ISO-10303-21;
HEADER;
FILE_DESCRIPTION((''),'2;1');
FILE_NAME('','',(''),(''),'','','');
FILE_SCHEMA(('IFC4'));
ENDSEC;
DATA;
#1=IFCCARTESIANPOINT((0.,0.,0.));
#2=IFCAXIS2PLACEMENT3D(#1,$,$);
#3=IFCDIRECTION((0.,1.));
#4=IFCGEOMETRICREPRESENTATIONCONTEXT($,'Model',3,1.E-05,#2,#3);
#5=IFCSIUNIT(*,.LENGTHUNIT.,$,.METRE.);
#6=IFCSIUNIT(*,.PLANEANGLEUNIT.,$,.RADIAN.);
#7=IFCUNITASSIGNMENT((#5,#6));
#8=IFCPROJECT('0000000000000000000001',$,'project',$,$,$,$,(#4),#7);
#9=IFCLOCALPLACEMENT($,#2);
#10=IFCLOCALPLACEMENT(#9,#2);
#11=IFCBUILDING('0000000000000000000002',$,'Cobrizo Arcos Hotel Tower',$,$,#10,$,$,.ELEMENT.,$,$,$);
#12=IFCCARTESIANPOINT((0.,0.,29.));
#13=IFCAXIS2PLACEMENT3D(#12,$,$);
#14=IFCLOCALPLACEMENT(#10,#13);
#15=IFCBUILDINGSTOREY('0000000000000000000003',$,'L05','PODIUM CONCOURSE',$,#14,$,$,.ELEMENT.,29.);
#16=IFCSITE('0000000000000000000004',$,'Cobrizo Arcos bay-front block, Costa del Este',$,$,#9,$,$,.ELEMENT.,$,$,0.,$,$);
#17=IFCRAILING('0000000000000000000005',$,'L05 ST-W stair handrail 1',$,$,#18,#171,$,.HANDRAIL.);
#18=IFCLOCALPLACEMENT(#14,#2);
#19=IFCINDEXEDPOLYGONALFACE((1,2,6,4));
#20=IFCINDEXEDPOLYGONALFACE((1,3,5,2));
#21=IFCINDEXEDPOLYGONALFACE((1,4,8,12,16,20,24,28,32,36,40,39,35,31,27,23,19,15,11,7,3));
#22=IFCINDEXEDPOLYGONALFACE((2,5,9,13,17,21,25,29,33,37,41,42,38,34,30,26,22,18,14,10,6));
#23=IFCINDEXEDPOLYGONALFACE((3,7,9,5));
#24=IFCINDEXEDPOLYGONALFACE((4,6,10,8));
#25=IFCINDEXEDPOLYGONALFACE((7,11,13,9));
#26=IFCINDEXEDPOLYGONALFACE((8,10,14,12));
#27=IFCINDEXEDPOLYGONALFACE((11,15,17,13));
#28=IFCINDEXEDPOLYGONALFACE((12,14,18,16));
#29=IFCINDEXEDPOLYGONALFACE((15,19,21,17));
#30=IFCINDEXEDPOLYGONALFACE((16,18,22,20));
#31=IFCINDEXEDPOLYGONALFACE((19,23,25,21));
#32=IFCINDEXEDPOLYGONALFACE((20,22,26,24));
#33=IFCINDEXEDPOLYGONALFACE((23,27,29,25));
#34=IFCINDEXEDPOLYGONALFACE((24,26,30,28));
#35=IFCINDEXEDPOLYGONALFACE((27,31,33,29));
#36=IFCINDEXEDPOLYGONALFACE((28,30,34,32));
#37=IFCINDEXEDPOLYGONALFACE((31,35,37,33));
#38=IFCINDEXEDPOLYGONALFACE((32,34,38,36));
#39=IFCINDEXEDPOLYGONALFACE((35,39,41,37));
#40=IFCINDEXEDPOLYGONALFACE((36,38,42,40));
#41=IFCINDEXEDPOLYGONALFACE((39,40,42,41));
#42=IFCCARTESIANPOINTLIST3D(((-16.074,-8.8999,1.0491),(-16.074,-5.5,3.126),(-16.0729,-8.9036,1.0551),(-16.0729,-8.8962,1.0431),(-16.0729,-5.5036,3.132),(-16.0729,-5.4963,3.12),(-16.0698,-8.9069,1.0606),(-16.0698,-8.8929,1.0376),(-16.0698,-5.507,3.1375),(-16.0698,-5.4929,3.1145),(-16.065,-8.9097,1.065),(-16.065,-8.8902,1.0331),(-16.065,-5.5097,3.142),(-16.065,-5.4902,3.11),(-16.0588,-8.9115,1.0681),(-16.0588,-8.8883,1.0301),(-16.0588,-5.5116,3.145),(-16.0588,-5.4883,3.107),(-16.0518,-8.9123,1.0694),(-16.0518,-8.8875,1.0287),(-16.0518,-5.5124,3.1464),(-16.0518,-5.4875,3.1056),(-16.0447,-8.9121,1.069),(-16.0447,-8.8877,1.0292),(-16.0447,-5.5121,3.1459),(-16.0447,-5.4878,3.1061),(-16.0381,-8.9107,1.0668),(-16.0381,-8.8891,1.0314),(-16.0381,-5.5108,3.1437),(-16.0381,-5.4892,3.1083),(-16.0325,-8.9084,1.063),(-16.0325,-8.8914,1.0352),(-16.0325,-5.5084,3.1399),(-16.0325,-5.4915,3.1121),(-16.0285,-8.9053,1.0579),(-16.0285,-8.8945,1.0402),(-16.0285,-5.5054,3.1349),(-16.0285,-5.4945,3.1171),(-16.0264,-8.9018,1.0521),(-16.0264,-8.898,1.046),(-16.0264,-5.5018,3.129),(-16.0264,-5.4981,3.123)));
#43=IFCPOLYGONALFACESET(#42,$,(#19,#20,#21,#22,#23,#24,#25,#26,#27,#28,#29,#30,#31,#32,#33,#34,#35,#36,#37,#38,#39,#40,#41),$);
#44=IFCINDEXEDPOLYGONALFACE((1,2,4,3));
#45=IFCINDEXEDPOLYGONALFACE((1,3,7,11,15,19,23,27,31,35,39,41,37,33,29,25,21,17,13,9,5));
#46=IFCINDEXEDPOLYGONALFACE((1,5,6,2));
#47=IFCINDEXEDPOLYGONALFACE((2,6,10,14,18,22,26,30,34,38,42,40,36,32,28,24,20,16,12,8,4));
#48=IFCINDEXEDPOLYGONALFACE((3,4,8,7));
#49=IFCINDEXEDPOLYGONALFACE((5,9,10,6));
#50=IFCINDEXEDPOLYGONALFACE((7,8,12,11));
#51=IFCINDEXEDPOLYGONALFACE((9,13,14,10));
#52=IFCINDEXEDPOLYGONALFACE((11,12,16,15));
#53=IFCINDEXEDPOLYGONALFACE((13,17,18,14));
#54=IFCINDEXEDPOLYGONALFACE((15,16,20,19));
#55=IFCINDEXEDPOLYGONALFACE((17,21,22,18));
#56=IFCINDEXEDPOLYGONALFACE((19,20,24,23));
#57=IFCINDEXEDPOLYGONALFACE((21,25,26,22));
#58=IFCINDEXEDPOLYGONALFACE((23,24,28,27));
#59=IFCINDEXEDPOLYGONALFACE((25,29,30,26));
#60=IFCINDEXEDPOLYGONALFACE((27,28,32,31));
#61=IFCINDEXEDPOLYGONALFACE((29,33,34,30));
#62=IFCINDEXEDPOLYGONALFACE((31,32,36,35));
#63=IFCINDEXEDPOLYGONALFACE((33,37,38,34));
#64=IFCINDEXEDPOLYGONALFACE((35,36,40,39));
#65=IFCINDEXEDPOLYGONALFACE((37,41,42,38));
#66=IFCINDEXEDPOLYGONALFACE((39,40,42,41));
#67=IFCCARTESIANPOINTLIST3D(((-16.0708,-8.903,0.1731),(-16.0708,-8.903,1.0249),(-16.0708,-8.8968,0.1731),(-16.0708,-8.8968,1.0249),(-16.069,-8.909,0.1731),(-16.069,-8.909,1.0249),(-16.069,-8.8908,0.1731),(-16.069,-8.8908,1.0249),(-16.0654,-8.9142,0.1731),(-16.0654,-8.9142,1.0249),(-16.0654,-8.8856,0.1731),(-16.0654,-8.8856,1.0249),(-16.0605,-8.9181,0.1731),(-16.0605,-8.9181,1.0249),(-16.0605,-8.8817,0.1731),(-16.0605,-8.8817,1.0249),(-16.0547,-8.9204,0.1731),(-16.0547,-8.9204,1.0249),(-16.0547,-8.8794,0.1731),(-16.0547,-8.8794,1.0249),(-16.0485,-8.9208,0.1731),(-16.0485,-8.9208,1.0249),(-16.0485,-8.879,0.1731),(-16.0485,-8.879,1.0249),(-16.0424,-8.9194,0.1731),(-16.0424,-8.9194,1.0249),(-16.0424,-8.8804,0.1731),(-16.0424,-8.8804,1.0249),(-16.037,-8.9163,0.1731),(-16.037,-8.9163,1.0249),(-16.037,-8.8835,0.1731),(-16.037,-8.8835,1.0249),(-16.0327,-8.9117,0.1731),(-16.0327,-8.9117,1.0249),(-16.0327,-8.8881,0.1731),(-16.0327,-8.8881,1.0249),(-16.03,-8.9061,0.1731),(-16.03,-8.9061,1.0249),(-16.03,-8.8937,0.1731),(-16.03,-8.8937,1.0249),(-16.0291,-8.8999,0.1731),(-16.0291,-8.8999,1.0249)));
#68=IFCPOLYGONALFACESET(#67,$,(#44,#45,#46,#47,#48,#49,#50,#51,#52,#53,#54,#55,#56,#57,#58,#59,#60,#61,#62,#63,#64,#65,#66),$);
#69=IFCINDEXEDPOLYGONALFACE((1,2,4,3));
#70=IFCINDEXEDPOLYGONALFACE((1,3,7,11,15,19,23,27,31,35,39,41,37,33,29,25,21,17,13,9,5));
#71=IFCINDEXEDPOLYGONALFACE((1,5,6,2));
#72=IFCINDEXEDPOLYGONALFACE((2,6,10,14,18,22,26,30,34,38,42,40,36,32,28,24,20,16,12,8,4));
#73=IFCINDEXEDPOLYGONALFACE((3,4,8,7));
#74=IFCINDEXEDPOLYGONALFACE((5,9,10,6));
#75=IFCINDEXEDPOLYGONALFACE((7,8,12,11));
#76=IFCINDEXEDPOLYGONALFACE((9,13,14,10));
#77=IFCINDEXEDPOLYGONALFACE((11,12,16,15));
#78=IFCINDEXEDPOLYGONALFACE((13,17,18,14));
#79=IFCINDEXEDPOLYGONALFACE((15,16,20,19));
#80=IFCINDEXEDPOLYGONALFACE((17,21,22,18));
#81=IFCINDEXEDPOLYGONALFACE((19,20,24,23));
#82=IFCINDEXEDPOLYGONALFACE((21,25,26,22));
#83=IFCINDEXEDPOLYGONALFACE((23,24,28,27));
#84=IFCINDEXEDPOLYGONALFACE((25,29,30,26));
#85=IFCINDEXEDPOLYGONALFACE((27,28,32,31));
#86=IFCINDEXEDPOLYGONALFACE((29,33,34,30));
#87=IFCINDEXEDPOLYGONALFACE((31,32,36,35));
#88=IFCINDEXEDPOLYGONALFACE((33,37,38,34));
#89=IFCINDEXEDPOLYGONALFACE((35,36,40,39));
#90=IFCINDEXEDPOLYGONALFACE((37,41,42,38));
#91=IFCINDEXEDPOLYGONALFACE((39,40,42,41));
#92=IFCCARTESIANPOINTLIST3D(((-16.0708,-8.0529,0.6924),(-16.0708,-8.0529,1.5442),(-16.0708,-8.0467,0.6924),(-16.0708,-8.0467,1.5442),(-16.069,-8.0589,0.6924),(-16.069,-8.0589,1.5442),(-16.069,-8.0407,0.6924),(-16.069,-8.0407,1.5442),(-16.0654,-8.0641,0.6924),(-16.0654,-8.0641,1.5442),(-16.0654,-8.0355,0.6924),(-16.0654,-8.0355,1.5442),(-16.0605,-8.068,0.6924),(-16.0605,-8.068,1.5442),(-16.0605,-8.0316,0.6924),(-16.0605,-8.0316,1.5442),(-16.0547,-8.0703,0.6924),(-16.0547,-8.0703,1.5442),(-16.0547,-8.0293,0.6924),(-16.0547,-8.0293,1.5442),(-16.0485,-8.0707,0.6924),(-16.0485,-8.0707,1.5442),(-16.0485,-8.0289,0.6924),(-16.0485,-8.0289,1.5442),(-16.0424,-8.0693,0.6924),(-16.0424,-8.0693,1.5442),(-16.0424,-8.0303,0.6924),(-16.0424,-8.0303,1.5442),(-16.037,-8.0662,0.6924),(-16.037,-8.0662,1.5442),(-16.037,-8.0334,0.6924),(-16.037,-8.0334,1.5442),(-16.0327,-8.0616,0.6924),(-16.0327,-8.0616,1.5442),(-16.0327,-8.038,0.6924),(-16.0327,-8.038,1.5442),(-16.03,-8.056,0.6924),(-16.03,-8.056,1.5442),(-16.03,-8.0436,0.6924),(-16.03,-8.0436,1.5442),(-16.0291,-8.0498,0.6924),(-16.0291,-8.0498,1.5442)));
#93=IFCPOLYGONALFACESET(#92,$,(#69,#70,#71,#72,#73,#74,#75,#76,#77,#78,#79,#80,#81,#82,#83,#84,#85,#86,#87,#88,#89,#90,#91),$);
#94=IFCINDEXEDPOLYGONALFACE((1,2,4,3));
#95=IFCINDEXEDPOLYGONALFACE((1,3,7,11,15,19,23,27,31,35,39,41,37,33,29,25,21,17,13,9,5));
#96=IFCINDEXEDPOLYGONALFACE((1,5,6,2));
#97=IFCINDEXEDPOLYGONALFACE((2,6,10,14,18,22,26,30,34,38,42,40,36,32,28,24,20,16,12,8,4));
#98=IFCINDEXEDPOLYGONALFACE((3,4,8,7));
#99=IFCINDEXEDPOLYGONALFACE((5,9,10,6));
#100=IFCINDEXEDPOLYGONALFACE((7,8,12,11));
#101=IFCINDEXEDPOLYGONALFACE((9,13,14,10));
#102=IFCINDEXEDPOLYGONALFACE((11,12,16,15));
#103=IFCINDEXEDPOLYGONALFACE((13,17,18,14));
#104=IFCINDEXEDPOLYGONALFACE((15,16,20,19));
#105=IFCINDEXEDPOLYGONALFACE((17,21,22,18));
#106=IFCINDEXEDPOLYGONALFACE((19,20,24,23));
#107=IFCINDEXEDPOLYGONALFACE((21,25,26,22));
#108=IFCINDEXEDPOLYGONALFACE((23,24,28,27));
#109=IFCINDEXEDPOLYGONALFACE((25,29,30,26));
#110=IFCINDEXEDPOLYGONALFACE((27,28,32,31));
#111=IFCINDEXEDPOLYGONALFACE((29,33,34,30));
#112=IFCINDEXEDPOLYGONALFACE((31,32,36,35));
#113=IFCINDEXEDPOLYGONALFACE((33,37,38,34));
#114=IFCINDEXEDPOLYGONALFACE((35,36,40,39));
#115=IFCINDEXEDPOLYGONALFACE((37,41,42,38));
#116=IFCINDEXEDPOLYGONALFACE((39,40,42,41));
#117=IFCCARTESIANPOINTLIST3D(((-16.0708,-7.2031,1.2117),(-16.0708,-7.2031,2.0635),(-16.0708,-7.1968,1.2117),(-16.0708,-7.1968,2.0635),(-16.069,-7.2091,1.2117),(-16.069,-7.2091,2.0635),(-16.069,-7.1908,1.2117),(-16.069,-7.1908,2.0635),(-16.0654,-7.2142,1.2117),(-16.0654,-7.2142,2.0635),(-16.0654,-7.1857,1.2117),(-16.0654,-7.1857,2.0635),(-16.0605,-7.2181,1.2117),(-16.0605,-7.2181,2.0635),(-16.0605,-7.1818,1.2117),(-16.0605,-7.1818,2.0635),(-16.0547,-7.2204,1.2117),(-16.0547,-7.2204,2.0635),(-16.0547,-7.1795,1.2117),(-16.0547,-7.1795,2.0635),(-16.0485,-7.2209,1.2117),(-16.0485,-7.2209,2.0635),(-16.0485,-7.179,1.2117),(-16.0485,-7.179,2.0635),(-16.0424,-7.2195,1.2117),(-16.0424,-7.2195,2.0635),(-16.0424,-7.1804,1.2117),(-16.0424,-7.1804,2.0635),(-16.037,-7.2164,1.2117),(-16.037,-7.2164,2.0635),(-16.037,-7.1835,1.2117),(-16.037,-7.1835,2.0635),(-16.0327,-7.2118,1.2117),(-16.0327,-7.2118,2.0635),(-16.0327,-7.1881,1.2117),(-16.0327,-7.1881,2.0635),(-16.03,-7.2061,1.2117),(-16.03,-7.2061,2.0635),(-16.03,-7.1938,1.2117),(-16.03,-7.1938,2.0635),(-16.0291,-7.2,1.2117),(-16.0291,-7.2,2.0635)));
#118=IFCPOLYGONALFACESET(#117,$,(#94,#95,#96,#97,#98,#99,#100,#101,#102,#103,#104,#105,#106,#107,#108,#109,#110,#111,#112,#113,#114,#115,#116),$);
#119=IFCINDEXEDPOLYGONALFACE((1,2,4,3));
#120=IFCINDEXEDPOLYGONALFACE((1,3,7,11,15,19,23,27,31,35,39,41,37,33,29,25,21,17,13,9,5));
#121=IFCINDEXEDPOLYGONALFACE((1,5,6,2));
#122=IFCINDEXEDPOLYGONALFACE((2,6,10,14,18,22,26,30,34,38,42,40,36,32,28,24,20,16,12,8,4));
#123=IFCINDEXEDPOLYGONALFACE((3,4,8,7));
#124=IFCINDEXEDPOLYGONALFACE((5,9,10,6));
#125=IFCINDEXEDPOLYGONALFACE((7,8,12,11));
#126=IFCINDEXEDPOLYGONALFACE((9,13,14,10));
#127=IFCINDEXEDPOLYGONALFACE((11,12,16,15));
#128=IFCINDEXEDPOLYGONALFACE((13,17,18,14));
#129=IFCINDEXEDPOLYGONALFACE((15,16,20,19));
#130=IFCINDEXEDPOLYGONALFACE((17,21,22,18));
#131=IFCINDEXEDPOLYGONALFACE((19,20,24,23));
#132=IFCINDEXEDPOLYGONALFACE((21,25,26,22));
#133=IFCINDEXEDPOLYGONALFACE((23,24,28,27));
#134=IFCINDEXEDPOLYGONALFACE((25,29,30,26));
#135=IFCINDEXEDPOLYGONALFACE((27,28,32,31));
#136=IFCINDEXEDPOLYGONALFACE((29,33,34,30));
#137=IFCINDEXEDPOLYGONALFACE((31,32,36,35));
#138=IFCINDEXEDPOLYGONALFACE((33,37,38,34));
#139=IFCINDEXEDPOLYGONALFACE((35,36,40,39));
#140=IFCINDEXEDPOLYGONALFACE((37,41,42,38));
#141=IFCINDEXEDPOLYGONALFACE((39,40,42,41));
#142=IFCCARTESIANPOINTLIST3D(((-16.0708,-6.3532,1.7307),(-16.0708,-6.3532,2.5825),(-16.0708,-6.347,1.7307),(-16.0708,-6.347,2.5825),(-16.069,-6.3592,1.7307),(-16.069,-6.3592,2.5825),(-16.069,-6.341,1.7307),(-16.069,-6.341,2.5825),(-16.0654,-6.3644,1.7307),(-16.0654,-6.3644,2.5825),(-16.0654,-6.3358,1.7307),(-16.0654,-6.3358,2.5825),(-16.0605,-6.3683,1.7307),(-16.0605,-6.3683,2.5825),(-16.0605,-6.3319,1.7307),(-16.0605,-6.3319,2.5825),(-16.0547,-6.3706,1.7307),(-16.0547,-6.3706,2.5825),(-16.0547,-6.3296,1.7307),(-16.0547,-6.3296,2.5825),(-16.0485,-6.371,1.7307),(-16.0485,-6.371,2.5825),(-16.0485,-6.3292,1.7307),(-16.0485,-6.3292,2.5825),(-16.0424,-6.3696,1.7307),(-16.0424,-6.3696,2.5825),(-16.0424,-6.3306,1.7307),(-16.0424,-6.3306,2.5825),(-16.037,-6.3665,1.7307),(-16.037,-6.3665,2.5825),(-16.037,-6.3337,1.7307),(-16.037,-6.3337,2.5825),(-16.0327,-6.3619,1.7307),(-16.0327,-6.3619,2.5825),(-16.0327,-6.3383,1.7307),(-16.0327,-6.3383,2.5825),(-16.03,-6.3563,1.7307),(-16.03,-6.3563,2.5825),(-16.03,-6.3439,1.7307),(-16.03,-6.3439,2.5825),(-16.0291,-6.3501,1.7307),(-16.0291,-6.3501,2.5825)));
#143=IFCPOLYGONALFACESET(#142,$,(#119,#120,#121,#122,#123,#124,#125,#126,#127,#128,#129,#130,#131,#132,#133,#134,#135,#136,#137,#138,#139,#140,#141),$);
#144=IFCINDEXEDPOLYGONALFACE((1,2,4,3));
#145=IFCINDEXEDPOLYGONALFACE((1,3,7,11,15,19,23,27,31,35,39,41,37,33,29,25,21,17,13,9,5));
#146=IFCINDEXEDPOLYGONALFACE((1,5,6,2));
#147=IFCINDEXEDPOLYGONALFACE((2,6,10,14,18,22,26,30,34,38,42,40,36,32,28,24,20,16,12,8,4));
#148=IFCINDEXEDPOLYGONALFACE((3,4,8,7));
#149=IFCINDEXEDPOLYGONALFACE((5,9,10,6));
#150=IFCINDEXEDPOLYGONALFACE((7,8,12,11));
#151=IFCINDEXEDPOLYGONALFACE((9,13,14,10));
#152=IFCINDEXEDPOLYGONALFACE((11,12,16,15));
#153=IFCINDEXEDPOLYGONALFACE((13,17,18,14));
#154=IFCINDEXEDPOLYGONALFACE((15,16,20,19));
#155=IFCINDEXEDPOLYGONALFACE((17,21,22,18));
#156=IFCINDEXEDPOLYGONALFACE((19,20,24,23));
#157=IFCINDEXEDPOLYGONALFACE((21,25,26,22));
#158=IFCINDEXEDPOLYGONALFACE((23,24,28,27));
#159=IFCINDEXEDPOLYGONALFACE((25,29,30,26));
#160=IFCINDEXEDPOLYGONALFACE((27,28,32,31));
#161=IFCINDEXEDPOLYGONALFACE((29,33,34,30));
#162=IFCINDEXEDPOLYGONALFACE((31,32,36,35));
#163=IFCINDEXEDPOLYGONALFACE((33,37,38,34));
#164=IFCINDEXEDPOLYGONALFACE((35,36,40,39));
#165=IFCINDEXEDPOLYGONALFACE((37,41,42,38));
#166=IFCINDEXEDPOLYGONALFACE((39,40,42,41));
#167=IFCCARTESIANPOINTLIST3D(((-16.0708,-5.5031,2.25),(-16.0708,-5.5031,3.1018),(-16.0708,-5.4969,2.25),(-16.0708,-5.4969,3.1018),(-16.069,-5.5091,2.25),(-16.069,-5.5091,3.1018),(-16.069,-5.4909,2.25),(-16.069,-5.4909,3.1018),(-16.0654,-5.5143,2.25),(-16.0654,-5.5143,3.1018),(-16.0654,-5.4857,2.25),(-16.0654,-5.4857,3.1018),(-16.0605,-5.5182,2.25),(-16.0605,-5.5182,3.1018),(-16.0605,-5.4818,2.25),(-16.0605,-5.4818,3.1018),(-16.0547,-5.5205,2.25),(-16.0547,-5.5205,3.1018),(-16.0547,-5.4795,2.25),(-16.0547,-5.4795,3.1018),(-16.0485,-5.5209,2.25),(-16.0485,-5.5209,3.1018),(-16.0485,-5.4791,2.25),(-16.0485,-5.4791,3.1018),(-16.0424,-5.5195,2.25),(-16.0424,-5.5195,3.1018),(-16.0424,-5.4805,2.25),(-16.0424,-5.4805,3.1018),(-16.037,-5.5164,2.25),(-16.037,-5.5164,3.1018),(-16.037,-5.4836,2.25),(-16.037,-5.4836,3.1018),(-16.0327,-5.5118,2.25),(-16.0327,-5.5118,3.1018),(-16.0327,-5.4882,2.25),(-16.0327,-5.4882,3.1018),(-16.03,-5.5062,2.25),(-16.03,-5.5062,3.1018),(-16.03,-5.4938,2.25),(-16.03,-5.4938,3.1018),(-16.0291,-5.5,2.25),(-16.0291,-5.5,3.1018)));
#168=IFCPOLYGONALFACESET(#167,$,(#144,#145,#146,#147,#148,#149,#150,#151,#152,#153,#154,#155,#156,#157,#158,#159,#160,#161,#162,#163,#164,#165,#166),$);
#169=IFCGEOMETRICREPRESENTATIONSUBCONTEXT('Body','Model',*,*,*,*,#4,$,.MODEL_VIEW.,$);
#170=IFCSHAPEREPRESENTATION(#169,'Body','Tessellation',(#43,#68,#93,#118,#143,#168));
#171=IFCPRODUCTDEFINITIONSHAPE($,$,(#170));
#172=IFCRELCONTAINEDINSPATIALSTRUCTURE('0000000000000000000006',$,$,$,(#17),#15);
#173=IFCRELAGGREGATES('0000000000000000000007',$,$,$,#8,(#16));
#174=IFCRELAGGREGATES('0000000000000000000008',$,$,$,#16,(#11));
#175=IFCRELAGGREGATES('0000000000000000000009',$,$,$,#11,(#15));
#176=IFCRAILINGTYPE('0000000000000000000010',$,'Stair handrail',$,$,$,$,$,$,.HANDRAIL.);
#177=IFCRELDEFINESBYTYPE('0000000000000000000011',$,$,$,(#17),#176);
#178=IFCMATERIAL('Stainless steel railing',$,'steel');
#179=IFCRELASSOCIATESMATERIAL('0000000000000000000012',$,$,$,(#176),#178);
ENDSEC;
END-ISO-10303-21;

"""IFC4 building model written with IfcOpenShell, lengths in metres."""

from ifc_helpers import new_model, si_unit, direction, frame, origin, origin_2d, place, context, subcontext, project, spatial, circle, extrude, material, type_object, element, save


model = new_model("IFC4")

# Units and contexts
model_context = context("Model", 3, precision=1e-05, world=origin(), true_north=direction((0.0, 1.0)))
body_context = subcontext(model_context, "Body", "Model", "MODEL_VIEW")
ifc_project = project(units=[si_unit("LENGTHUNIT", "METRE"), si_unit("PLANEANGLEUNIT", "RADIAN")], contexts=[model_context])

# Site, building, storey
site_placement = place(None, origin())
site = spatial("IfcSite", under=ifc_project, at=site_placement, Name="Cobrizo Arcos bay-front block, Costa del Este", CompositionType="ELEMENT", RefElevation=0.0)
building_placement = place(site_placement, origin())
building = spatial("IfcBuilding", under=site, at=building_placement, Name="Cobrizo Arcos Hotel Tower", CompositionType="ELEMENT")
storey_placement = place(building_placement, frame((0.0, 0.0, 29.0)))
storey = spatial("IfcBuildingStorey", under=building, at=storey_placement, Name="L05", Description="PODIUM CONCOURSE", CompositionType="ELEMENT", Elevation=29.0)

# Railing
ifc_material_1 = material(Name="Stainless steel railing", Category="steel")
railing_type_1 = type_object("IfcRailingType", Name="Stair handrail", PredefinedType="HANDRAIL", material=ifc_material_1)
railing_1_placement = place(storey_placement, frame((-16.05, -8.8999, 0.1731)))
element("IfcRailing", 1, at=railing_1_placement, inside=storey, type_object=railing_type_1, Name="L05 ST-W stair handrail 1", PredefinedType="HANDRAIL", context=body_context, shape_type="SweptSolid", body=[
    extrude(circle(Radius=0.0239, at=origin_2d()), frame((0.0, 0.0, 0.876), z_axis=(0.0, 0.853373, 0.521301), x_axis=(-1.0, 0.0, 0.0)), (0.0, 0.0, 1.0), 3.9841),
    extrude(circle(Radius=0.021, at=origin_2d()), origin(), (0.0, 0.0, 1.0), 0.8518),
    extrude(circle(Radius=0.021, at=origin_2d()), frame((0.0, 0.8501, 0.5193)), (0.0, 0.0, 1.0), 0.8518),
    extrude(circle(Radius=0.021, at=origin_2d()), frame((0.0, 1.7, 1.0386)), (0.0, 0.0, 1.0), 0.8518),
    extrude(circle(Radius=0.021, at=origin_2d()), frame((0.0, 2.5498, 1.5576)), (0.0, 0.0, 1.0), 0.8518),
    extrude(circle(Radius=0.021, at=origin_2d()), frame((0.0, 3.3999, 2.0769)), (0.0, 0.0, 1.0), 0.8518),
])

save(model, "model.ifc")
